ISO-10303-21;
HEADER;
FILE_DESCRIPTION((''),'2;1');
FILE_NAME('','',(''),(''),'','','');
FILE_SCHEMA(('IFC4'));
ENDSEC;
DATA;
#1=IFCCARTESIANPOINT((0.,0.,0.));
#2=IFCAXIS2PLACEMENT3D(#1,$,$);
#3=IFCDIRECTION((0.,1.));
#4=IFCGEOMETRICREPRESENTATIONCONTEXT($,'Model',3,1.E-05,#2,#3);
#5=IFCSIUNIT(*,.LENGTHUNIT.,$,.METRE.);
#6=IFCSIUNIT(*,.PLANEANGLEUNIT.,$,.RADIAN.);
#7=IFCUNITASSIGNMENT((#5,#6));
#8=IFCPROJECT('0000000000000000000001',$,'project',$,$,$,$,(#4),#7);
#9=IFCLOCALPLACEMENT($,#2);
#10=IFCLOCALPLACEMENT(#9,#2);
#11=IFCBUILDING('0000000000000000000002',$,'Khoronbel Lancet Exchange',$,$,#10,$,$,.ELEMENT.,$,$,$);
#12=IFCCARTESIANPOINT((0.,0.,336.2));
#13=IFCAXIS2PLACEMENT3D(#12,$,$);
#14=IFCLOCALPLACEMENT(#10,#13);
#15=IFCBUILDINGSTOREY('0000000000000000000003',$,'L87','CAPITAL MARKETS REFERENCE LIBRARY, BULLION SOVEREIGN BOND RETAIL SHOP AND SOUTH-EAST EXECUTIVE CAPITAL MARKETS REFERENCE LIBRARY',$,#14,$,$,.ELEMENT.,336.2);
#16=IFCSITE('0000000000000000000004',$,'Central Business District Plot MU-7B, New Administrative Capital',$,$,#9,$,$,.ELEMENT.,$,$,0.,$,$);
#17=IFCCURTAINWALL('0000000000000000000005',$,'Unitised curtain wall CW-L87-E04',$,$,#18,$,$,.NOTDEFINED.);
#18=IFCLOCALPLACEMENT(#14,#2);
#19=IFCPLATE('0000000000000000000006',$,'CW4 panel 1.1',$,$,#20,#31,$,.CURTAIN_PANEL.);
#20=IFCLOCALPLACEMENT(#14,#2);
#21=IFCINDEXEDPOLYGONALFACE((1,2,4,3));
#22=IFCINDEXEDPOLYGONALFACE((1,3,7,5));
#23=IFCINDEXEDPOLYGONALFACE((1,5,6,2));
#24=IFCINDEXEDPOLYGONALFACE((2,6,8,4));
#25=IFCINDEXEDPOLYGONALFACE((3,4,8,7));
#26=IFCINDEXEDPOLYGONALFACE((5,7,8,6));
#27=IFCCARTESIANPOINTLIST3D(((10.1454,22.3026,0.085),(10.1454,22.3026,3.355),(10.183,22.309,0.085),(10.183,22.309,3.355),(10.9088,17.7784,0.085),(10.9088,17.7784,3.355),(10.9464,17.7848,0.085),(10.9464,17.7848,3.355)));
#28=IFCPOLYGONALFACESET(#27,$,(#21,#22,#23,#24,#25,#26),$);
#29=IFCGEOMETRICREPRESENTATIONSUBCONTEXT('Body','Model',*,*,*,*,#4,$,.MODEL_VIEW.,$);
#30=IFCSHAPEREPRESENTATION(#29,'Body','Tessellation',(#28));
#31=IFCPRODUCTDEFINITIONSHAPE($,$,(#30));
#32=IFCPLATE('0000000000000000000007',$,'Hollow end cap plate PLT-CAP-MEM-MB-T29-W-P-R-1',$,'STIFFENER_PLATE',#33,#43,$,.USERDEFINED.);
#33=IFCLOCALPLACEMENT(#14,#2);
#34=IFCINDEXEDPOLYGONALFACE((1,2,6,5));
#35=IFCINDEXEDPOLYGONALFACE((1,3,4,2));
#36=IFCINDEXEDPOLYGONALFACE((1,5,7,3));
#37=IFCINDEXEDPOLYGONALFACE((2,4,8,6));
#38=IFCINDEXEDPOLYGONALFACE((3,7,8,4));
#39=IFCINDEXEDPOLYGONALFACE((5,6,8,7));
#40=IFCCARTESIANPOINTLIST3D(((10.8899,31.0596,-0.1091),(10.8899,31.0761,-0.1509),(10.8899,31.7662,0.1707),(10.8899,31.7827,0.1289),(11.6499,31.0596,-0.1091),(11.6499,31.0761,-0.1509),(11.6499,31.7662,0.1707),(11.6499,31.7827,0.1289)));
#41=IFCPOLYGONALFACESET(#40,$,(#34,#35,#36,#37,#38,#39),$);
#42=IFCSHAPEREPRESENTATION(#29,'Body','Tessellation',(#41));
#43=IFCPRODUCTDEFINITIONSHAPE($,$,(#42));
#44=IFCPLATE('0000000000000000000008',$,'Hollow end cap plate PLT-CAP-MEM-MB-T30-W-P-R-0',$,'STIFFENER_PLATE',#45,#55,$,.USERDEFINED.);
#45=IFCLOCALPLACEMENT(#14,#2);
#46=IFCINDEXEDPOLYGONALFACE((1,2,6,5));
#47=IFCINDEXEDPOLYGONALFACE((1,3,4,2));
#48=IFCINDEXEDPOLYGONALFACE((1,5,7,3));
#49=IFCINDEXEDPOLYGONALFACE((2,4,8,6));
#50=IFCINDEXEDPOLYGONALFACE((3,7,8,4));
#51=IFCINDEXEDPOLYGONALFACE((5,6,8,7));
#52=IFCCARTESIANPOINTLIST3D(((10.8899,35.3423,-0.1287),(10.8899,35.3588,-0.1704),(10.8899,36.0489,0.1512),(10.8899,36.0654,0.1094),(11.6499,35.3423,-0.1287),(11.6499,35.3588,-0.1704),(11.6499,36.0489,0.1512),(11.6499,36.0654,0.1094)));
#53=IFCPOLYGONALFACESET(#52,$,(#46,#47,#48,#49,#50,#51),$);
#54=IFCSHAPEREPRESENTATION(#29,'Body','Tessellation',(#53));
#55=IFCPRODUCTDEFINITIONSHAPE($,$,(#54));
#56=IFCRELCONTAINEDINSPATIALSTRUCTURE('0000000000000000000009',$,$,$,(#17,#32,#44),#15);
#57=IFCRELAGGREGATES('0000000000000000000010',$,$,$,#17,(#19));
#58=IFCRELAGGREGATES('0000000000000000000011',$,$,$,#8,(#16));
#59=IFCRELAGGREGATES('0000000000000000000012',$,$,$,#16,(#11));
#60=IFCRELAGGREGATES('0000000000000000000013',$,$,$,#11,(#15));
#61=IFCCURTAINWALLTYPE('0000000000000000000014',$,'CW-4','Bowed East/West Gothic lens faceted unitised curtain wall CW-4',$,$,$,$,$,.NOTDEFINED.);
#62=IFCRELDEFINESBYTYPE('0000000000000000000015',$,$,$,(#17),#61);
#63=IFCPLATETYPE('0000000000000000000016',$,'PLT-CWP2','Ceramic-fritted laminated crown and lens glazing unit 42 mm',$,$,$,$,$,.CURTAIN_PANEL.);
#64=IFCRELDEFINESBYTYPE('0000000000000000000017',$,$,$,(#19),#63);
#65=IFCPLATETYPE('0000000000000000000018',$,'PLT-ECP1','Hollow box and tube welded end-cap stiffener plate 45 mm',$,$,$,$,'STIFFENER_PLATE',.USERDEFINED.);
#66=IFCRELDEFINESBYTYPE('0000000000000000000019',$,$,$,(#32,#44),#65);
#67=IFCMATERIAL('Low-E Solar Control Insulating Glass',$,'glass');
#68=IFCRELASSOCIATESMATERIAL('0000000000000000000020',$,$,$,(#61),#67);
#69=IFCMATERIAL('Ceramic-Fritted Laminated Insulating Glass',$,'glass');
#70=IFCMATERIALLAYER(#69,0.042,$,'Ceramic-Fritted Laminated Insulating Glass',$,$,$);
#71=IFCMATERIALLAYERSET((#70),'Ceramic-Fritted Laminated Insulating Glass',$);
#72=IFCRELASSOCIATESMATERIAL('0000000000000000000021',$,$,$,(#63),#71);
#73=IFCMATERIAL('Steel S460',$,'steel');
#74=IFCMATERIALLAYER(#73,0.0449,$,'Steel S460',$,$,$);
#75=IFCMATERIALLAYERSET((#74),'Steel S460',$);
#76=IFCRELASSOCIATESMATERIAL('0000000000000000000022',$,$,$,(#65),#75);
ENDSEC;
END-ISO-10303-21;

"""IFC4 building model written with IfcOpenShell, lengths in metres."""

from ifc_helpers import new_model, si_unit, direction, frame, origin, origin_2d, place, context, subcontext, project, spatial, polyline, rectangle, outline, extrude, material, layer, layer_set, type_object, element, aggregate, save


model = new_model("IFC4")

# Units and contexts
model_context = context("Model", 3, precision=1e-05, world=origin(), true_north=direction((0.0, 1.0)))
body_context = subcontext(model_context, "Body", "Model", "MODEL_VIEW")
ifc_project = project(units=[si_unit("LENGTHUNIT", "METRE"), si_unit("PLANEANGLEUNIT", "RADIAN")], contexts=[model_context])

# Site, building, storey
site_placement = place(None, origin())
site = spatial("IfcSite", under=ifc_project, at=site_placement, Name="Central Business District Plot MU-7B, New Administrative Capital", CompositionType="ELEMENT", RefElevation=0.0)
building_placement = place(site_placement, origin())
building = spatial("IfcBuilding", under=site, at=building_placement, Name="Khoronbel Lancet Exchange", CompositionType="ELEMENT")
storey_placement = place(building_placement, frame((0.0, 0.0, 336.2)))
storey = spatial("IfcBuildingStorey", under=building, at=storey_placement, Name="L87", Description="CAPITAL MARKETS REFERENCE LIBRARY, BULLION SOVEREIGN BOND RETAIL SHOP AND SOUTH-EAST EXECUTIVE CAPITAL MARKETS REFERENCE LIBRARY", CompositionType="ELEMENT", Elevation=336.2)

# Curtain wall
ifc_material_1 = material(Name="Low-E Solar Control Insulating Glass", Category="glass")
curtain_wall_type = type_object("IfcCurtainWallType", Name="CW-4", Description="Bowed East/West Gothic lens faceted unitised curtain wall CW-4", PredefinedType="NOTDEFINED", material=ifc_material_1)
curtain_wall_1_placement = place(storey_placement, origin())
curtain_wall_1 = element("IfcCurtainWall", 1, at=curtain_wall_1_placement, inside=storey, type_object=curtain_wall_type, Name="Unitised curtain wall CW-L87-E04", PredefinedType="NOTDEFINED")

# Plate
ifc_material_2 = material(Name="Ceramic-Fritted Laminated Insulating Glass", Category="glass")
ifc_layer_1 = layer(ifc_material_2, 0.042, Name="Ceramic-Fritted Laminated Insulating Glass")
ifc_layer_set_1 = layer_set([ifc_layer_1], Name="Ceramic-Fritted Laminated Insulating Glass")
plate_type_1 = type_object("IfcPlateType", Name="PLT-CWP2", Description="Ceramic-fritted laminated crown and lens glazing unit 42 mm", PredefinedType="CURTAIN_PANEL", material=ifc_layer_set_1)
plate_1_placement = place(storey_placement, frame((10.5459, 20.0437, 0.085), z_axis=(0.0, 0.0, 1.0), x_axis=(-0.16639, 0.98606, 0.0)))
plate_1 = element("IfcPlate", 2, at=plate_1_placement, type_object=plate_type_1, Name="CW4 panel 1.1", PredefinedType="CURTAIN_PANEL", context=body_context, shape_type="SweptSolid", body=[
    extrude(rectangle(XDim=4.5881, YDim=0.0381, at=origin_2d()), origin(), (0.0, 0.0, 1.0), 3.27),
])
aggregate(curtain_wall_1, [plate_1])

# Plates
ifc_material_3 = material(Name="Steel S460", Category="steel")
ifc_layer_2 = layer(ifc_material_3, 0.0449, Name="Steel S460")
ifc_layer_set_2 = layer_set([ifc_layer_2], Name="Steel S460")
plate_type_2 = type_object("IfcPlateType", Name="PLT-ECP1", Description="Hollow box and tube welded end-cap stiffener plate 45 mm", ElementType="STIFFENER_PLATE", PredefinedType="USERDEFINED", material=ifc_layer_set_2)
for number, where, z_axis, x_axis, name in (
    (3, (10.8899, 31.0596, -0.1091), (0.0, -0.368176, 0.929756), (1.0, 0.0, 0.0), "Hollow end cap plate PLT-CAP-MEM-MB-T29-W-P-R-1"),
    (4, (10.8899, 35.3423, -0.1287), (0.0, -0.368176, 0.929756), (1.0, 0.0, 0.0), "Hollow end cap plate PLT-CAP-MEM-MB-T30-W-P-R-0"),
):
    element("IfcPlate", number, at=place(storey_placement, frame(where, z_axis=z_axis, x_axis=x_axis)), inside=storey, type_object=plate_type_2, Name=name, ObjectType="STIFFENER_PLATE", PredefinedType="USERDEFINED", context=body_context, shape_type="SweptSolid", body=[
        extrude(outline(polyline([(0.0, 0.0), (0.76, 0.0), (0.76, 0.76), (0.0, 0.76), (0.0, 0.0)])), origin(), (0.0, 0.0, -1.0), 0.0449),
    ])

save(model, "model.ifc")
